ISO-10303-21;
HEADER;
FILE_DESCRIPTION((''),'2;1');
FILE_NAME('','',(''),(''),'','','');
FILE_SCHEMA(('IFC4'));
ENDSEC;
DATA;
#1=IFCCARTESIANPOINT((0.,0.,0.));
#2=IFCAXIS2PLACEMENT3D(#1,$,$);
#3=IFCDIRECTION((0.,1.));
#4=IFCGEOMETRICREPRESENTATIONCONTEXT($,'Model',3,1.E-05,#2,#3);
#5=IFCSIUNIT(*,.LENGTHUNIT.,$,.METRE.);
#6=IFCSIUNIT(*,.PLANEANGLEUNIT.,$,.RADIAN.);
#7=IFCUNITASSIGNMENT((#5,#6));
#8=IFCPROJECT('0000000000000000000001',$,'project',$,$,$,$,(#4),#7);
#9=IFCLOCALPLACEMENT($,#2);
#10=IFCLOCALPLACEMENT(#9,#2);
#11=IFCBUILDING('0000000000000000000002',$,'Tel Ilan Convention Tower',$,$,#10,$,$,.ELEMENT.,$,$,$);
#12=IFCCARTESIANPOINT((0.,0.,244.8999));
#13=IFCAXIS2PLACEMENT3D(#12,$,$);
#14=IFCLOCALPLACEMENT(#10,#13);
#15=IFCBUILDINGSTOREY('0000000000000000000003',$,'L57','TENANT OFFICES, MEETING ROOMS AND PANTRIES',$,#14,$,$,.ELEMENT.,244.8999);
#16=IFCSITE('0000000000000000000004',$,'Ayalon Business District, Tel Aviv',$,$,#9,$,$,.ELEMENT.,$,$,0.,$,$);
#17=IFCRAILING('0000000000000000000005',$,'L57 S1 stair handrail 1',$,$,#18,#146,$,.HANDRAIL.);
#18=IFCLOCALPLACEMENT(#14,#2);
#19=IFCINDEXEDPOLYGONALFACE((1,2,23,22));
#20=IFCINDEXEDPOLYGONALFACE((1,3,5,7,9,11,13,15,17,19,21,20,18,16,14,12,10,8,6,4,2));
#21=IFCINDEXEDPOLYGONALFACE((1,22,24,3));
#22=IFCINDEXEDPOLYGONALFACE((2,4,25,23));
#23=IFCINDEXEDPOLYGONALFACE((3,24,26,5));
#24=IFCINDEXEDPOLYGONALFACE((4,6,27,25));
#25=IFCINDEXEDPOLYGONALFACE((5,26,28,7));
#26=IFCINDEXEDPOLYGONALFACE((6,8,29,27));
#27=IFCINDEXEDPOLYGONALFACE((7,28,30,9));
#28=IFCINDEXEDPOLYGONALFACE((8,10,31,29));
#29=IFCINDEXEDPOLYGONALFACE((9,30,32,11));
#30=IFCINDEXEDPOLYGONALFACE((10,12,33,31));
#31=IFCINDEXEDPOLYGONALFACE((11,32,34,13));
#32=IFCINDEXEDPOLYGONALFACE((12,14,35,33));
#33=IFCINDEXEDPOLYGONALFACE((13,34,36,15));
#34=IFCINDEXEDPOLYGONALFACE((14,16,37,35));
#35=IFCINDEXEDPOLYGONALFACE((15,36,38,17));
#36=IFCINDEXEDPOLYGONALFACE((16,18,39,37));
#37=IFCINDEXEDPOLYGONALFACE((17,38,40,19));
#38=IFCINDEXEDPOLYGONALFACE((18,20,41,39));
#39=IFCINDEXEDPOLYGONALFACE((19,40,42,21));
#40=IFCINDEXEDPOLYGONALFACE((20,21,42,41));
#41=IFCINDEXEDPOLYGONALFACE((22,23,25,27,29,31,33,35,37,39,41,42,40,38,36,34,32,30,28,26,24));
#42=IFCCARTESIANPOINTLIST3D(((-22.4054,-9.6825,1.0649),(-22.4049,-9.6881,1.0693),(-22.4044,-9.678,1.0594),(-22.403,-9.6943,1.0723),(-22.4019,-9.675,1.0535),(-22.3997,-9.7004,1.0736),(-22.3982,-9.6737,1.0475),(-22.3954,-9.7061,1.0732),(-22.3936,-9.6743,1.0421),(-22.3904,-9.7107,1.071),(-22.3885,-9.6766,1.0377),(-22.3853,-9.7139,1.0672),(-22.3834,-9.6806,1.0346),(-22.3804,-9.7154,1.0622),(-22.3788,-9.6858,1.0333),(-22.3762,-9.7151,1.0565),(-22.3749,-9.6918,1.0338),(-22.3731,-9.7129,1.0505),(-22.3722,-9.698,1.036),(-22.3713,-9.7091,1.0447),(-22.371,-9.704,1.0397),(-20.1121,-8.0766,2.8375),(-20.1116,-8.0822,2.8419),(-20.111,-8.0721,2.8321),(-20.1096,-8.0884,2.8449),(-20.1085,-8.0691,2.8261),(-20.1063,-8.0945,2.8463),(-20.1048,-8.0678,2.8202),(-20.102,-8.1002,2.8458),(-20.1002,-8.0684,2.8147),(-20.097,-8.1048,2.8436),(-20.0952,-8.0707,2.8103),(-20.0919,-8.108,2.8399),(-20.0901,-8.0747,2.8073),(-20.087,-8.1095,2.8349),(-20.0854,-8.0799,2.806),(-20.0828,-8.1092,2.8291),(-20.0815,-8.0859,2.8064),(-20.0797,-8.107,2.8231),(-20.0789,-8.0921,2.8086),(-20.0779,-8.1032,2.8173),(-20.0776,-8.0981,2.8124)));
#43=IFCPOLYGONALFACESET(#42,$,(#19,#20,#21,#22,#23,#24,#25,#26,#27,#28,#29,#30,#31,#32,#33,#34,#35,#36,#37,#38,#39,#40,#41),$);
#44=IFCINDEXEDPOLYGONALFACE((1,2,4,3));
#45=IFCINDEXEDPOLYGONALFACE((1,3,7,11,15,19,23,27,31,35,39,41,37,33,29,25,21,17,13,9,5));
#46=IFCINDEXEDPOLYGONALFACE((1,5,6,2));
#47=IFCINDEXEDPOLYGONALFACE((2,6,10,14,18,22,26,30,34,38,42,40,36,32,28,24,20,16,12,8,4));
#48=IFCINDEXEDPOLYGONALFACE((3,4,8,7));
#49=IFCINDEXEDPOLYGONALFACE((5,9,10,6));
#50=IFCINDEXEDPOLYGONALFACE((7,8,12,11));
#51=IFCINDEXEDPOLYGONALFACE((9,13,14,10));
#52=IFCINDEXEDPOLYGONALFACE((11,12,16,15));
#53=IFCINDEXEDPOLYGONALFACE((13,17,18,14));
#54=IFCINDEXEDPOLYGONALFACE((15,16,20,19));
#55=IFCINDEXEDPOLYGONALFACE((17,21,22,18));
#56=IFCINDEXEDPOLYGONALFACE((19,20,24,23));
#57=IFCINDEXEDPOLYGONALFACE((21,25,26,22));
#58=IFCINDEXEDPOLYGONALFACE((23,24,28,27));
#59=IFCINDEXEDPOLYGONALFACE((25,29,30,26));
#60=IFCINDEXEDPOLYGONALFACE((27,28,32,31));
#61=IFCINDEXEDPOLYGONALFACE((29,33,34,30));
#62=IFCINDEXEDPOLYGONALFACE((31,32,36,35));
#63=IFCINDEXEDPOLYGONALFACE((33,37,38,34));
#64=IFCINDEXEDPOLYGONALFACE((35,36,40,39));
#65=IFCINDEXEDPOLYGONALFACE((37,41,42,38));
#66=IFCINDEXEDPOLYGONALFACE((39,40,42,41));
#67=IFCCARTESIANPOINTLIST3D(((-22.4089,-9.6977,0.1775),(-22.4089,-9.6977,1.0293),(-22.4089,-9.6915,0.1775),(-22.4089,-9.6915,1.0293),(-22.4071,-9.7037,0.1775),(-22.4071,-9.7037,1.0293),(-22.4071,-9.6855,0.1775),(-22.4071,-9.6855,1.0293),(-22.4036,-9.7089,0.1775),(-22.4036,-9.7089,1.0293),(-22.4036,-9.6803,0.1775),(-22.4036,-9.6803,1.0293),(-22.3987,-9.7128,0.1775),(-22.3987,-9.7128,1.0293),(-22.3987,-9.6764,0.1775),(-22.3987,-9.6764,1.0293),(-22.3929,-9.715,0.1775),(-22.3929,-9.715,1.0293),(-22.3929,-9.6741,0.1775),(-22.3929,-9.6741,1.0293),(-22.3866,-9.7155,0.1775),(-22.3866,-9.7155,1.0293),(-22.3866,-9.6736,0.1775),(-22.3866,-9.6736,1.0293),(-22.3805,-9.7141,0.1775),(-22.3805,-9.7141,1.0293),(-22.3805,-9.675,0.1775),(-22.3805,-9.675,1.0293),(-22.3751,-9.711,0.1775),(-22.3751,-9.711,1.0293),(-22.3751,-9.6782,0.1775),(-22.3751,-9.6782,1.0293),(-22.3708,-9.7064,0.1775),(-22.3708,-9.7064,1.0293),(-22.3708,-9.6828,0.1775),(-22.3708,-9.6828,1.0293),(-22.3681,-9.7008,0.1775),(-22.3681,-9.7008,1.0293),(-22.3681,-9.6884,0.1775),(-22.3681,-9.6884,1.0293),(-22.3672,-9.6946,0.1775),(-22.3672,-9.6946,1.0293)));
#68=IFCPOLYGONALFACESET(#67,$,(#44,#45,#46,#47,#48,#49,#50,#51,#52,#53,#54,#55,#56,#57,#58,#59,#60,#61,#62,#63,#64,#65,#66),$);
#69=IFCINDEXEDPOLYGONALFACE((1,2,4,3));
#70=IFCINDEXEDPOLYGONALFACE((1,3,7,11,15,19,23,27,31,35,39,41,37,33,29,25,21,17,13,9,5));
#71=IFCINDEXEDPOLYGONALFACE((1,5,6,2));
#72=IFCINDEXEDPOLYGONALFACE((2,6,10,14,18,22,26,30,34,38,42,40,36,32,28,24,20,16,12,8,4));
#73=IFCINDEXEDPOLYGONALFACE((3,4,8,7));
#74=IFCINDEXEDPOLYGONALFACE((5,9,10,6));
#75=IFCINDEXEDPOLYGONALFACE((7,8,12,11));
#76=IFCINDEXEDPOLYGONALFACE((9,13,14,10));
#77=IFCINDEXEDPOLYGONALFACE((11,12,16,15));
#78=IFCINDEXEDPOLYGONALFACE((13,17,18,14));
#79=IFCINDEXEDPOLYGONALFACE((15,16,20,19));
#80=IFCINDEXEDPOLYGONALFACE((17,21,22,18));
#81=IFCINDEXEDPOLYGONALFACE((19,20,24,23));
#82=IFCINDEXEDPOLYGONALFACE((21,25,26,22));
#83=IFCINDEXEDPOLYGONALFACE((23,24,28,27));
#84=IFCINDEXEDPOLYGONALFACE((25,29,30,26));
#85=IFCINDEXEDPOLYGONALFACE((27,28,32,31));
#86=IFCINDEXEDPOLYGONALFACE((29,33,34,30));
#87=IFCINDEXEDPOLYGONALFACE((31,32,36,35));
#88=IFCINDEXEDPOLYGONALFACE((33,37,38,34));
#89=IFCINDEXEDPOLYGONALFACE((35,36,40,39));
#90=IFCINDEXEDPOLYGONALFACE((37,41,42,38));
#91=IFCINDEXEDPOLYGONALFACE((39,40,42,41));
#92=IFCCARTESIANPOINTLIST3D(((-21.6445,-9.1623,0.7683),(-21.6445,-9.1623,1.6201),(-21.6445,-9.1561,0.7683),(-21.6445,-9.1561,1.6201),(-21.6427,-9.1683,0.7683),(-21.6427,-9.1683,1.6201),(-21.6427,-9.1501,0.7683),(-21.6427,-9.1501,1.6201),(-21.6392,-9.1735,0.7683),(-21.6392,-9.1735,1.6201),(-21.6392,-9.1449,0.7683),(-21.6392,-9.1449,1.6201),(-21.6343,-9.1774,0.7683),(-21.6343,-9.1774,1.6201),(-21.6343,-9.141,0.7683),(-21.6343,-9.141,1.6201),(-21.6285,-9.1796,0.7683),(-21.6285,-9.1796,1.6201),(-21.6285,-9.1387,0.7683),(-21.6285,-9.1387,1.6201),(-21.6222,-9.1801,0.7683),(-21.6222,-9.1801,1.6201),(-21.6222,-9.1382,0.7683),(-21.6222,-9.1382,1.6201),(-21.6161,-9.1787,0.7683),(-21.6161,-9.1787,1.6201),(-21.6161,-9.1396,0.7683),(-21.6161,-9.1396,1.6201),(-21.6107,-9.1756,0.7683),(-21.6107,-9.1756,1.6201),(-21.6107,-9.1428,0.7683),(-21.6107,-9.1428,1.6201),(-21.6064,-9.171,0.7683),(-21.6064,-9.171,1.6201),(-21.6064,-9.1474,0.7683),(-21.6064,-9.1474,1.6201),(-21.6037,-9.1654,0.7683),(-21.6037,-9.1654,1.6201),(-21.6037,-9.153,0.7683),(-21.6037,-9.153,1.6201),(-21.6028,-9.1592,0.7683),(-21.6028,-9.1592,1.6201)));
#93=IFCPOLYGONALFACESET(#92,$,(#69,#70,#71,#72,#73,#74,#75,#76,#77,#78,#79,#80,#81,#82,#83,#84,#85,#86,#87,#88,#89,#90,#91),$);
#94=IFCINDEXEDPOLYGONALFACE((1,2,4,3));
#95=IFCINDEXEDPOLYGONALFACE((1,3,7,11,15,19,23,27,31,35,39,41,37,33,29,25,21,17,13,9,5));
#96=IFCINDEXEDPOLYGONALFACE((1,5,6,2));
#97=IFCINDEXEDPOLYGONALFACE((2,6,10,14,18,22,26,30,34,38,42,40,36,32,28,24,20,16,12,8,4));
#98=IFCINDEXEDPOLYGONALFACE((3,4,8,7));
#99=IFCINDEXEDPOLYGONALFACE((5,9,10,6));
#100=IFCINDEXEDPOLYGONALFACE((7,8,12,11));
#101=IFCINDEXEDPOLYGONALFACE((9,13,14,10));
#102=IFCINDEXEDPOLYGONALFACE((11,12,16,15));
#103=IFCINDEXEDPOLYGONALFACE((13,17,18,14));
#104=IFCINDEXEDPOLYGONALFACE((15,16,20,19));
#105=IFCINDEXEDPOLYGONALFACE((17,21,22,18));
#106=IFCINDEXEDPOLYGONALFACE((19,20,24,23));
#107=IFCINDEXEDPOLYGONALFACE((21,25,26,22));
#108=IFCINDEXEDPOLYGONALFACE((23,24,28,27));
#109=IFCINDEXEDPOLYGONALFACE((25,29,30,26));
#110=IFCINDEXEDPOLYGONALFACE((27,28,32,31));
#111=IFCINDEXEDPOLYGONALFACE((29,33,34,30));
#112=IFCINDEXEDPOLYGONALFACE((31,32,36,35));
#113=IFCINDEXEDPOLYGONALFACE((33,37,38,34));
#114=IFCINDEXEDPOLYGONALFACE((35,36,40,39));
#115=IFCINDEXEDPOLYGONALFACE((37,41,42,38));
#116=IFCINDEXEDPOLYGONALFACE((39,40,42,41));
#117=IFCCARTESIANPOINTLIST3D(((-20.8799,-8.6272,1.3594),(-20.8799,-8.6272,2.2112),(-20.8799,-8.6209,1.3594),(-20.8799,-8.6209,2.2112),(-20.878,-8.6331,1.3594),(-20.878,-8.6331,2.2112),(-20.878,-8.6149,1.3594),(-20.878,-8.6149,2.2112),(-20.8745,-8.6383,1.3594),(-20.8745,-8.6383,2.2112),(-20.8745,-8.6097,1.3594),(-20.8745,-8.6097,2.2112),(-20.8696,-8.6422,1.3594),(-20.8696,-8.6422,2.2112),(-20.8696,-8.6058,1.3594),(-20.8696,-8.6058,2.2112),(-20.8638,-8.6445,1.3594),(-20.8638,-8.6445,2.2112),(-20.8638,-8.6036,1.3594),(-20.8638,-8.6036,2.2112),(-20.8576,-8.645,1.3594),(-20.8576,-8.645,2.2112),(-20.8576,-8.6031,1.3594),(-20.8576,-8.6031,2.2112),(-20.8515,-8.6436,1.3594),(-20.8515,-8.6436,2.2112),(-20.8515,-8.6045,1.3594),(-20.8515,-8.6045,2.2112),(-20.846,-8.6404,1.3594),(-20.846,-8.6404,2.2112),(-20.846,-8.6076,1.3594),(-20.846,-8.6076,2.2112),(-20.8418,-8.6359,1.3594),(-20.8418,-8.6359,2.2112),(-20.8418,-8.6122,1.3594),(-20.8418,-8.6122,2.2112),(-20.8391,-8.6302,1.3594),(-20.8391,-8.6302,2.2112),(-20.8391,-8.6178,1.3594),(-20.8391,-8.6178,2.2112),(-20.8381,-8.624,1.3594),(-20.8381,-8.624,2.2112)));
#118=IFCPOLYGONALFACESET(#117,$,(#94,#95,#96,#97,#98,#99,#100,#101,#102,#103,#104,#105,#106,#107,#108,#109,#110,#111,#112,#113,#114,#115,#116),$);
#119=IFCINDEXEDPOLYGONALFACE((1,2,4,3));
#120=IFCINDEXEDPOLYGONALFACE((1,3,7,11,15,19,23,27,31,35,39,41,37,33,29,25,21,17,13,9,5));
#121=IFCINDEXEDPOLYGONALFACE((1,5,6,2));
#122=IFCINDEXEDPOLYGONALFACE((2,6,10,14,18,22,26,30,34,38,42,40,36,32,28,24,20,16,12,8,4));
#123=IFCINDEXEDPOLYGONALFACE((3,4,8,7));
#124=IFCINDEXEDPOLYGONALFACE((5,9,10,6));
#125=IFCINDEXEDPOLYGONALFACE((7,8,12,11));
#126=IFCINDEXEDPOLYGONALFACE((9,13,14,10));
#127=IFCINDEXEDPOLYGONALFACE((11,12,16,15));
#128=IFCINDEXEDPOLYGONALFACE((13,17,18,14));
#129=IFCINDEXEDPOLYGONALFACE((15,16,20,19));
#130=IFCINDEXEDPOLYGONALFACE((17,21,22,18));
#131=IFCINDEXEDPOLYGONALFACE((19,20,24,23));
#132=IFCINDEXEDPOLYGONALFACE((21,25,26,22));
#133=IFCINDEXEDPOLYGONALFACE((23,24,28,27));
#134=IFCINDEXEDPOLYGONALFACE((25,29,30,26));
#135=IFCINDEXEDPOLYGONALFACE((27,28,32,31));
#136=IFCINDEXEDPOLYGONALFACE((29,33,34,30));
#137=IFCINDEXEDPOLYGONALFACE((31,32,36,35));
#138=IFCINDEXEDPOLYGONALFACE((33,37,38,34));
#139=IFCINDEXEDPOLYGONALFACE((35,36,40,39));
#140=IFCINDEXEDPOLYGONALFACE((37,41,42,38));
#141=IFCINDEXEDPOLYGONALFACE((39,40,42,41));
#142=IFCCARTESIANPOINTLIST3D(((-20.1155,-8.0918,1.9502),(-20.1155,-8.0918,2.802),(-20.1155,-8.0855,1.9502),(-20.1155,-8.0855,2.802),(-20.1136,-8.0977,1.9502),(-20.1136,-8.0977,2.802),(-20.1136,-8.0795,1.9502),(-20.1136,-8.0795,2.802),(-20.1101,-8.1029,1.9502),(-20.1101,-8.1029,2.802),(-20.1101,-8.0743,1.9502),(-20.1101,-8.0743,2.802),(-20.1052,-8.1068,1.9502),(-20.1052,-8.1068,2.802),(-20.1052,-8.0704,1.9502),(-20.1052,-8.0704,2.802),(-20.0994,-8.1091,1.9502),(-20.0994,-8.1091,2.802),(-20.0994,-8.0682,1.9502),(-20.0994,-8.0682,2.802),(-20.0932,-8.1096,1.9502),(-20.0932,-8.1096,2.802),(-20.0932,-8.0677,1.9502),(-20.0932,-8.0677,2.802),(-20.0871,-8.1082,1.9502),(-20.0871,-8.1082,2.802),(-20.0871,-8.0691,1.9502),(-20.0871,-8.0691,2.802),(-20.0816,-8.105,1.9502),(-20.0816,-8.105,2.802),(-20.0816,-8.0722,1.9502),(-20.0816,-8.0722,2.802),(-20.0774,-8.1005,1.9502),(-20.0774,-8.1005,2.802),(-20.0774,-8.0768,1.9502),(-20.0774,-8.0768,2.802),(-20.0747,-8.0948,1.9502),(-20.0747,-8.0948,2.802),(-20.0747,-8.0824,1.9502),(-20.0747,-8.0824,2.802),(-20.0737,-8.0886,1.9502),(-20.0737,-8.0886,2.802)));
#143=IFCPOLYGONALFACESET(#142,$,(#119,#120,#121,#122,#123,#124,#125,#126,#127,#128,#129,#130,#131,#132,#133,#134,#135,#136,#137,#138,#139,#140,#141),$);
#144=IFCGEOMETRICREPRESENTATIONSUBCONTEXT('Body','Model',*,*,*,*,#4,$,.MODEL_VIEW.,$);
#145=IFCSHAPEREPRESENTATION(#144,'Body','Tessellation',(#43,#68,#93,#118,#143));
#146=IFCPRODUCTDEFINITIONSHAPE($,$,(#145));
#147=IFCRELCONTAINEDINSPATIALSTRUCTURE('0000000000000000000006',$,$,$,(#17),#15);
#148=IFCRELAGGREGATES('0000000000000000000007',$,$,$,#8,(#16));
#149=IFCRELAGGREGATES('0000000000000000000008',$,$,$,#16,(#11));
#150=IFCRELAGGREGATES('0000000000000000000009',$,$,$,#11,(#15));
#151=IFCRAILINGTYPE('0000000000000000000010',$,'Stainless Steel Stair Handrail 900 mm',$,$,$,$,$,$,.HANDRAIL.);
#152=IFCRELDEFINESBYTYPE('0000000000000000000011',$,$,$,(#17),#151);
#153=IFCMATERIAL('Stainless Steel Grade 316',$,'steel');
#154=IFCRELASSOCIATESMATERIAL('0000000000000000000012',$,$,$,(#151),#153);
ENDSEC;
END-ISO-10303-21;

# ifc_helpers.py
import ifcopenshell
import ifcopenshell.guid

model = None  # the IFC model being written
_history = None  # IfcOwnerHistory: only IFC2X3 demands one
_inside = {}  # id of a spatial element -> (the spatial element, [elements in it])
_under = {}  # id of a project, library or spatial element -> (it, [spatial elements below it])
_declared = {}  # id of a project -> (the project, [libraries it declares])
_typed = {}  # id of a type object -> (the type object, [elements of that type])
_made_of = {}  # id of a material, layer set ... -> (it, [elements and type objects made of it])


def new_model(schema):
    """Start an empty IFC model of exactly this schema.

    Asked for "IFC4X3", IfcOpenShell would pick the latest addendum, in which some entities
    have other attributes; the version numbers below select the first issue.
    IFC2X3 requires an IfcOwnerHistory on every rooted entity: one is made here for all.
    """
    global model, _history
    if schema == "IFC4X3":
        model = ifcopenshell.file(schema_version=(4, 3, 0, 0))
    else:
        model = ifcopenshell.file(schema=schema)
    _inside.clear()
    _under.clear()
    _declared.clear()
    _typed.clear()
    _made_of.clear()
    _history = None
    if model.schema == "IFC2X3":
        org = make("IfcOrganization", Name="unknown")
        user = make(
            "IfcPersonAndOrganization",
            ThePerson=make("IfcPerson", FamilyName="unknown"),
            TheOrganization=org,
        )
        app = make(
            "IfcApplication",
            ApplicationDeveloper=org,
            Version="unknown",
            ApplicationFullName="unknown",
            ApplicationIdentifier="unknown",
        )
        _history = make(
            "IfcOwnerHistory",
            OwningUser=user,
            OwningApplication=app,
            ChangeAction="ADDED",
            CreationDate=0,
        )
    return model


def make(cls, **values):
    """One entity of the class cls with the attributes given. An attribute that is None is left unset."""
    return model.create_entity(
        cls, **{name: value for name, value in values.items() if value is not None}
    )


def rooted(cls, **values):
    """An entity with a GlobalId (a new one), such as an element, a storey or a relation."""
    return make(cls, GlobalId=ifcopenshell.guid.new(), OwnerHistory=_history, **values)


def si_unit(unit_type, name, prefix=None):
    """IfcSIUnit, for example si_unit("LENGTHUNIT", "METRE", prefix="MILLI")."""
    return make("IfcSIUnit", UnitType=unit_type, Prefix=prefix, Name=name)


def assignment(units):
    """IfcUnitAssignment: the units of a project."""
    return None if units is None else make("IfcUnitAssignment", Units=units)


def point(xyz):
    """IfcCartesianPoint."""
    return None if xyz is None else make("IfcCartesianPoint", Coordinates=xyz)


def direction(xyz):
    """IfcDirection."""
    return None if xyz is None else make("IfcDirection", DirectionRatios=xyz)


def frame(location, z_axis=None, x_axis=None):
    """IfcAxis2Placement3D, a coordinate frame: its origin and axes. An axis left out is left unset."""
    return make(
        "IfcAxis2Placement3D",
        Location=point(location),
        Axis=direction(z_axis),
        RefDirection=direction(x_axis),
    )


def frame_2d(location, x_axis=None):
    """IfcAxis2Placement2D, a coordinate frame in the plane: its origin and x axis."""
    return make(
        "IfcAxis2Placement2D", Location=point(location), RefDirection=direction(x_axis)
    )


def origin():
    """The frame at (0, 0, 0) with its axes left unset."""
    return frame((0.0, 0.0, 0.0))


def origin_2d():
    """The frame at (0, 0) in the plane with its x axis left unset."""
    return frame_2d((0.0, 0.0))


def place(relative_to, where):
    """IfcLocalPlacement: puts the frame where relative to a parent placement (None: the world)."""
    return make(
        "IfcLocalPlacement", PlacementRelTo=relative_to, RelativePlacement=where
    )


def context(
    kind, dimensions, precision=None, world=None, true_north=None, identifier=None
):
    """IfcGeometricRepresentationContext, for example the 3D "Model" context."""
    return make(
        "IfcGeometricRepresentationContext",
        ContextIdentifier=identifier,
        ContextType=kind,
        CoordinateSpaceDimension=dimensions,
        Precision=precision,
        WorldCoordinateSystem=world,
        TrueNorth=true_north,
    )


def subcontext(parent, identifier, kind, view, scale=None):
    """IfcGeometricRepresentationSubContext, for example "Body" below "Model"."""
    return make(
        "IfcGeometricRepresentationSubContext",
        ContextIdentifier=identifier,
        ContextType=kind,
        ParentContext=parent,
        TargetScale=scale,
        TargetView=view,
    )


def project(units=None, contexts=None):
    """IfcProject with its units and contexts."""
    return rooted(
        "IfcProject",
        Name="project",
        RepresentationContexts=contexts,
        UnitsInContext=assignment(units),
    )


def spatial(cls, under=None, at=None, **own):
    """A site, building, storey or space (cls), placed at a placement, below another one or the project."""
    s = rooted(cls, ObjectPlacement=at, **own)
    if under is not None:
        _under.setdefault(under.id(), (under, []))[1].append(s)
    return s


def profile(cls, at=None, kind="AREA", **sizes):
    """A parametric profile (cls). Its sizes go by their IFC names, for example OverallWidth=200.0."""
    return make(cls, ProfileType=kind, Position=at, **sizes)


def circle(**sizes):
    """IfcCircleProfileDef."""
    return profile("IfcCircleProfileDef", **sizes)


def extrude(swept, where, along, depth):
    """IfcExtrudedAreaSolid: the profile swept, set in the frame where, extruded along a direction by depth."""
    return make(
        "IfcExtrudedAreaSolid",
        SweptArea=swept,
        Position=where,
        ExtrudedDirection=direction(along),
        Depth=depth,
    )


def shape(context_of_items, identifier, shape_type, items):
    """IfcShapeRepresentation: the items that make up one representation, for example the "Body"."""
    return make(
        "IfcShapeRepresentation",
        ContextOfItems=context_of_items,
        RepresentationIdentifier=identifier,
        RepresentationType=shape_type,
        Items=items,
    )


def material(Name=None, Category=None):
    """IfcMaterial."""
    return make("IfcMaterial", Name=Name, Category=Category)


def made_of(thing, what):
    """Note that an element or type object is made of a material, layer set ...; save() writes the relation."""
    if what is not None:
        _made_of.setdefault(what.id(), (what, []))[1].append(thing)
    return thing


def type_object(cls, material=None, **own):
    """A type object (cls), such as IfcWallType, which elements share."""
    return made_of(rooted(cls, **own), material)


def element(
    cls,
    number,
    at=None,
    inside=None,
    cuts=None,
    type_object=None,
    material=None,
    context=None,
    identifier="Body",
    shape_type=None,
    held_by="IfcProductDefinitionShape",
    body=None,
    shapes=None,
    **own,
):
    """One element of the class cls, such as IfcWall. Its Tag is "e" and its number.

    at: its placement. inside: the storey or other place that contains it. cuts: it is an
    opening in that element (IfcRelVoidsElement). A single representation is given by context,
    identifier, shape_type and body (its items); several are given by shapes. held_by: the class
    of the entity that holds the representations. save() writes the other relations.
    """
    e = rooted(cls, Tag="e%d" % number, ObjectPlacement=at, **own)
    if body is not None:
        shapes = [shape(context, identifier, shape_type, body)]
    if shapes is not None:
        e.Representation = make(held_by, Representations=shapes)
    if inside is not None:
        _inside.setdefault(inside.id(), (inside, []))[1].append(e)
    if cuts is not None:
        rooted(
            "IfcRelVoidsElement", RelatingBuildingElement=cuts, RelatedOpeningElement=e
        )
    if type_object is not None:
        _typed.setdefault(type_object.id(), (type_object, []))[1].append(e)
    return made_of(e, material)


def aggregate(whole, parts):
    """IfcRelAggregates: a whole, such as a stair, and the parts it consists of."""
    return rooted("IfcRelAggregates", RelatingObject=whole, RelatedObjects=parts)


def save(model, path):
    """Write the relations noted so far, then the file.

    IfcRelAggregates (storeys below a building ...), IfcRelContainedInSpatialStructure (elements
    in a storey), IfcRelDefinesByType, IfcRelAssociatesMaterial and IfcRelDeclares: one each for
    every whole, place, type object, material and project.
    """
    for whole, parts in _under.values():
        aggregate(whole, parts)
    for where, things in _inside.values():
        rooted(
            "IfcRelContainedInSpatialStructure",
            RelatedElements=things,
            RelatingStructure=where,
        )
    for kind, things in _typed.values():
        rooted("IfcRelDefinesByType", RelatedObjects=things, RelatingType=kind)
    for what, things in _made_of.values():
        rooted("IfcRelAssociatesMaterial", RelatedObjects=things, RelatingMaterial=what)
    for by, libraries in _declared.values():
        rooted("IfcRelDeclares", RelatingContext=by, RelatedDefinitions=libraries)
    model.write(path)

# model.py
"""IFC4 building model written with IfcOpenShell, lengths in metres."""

from ifc_helpers import new_model, si_unit, direction, frame, origin, origin_2d, place, context, subcontext, project, spatial, circle, extrude, material, type_object, element, save


model = new_model("IFC4")

# Units and contexts
model_context = context("Model", 3, precision=1e-05, world=origin(), true_north=direction((0.0, 1.0)))
body_context = subcontext(model_context, "Body", "Model", "MODEL_VIEW")
ifc_project = project(units=[si_unit("LENGTHUNIT", "METRE"), si_unit("PLANEANGLEUNIT", "RADIAN")], contexts=[model_context])

# Site, building, storey
site_placement = place(None, origin())
site = spatial("IfcSite", under=ifc_project, at=site_placement, Name="Ayalon Business District, Tel Aviv", CompositionType="ELEMENT", RefElevation=0.0)
building_placement = place(site_placement, origin())
building = spatial("IfcBuilding", under=site, at=building_placement, Name="Tel Ilan Convention Tower", CompositionType="ELEMENT")
storey_placement = place(building_placement, frame((0.0, 0.0, 244.8999)))
storey = spatial("IfcBuildingStorey", under=building, at=storey_placement, Name="L57", Description="TENANT OFFICES, MEETING ROOMS AND PANTRIES", CompositionType="ELEMENT", Elevation=244.8999)

# Railing
ifc_material_1 = material(Name="Stainless Steel Grade 316", Category="steel")
railing_type_1 = type_object("IfcRailingType", Name="Stainless Steel Stair Handrail 900 mm", PredefinedType="HANDRAIL", material=ifc_material_1)
railing_1_placement = place(storey_placement, frame((-22.3882, -9.6946, 0.1775)))
element("IfcRailing", 1, at=railing_1_placement, inside=storey, type_object=railing_type_1, Name="L57 S1 stair handrail 1", PredefinedType="HANDRAIL", context=body_context, shape_type="SweptSolid", body=[
    extrude(circle(Radius=0.0239, at=origin_2d()), frame((0.0, 0.0, 0.876), z_axis=(0.692085, 0.484621, 0.53494), x_axis=(-0.573591, 0.819142, 0.0)), (0.0, 0.0, 1.0), 3.3137),
    extrude(circle(Radius=0.021, at=origin_2d()), origin(), (0.0, 0.0, 1.0), 0.8518),
    extrude(circle(Radius=0.021, at=origin_2d()), frame((0.7644, 0.5354, 0.5908)), (0.0, 0.0, 1.0), 0.8518),
    extrude(circle(Radius=0.021, at=origin_2d()), frame((1.5291, 1.0706, 1.1819)), (0.0, 0.0, 1.0), 0.8518),
    extrude(circle(Radius=0.021, at=origin_2d()), frame((2.2935, 1.606, 1.7727)), (0.0, 0.0, 1.0), 0.8518),
])

save(model, "model.ifc")
